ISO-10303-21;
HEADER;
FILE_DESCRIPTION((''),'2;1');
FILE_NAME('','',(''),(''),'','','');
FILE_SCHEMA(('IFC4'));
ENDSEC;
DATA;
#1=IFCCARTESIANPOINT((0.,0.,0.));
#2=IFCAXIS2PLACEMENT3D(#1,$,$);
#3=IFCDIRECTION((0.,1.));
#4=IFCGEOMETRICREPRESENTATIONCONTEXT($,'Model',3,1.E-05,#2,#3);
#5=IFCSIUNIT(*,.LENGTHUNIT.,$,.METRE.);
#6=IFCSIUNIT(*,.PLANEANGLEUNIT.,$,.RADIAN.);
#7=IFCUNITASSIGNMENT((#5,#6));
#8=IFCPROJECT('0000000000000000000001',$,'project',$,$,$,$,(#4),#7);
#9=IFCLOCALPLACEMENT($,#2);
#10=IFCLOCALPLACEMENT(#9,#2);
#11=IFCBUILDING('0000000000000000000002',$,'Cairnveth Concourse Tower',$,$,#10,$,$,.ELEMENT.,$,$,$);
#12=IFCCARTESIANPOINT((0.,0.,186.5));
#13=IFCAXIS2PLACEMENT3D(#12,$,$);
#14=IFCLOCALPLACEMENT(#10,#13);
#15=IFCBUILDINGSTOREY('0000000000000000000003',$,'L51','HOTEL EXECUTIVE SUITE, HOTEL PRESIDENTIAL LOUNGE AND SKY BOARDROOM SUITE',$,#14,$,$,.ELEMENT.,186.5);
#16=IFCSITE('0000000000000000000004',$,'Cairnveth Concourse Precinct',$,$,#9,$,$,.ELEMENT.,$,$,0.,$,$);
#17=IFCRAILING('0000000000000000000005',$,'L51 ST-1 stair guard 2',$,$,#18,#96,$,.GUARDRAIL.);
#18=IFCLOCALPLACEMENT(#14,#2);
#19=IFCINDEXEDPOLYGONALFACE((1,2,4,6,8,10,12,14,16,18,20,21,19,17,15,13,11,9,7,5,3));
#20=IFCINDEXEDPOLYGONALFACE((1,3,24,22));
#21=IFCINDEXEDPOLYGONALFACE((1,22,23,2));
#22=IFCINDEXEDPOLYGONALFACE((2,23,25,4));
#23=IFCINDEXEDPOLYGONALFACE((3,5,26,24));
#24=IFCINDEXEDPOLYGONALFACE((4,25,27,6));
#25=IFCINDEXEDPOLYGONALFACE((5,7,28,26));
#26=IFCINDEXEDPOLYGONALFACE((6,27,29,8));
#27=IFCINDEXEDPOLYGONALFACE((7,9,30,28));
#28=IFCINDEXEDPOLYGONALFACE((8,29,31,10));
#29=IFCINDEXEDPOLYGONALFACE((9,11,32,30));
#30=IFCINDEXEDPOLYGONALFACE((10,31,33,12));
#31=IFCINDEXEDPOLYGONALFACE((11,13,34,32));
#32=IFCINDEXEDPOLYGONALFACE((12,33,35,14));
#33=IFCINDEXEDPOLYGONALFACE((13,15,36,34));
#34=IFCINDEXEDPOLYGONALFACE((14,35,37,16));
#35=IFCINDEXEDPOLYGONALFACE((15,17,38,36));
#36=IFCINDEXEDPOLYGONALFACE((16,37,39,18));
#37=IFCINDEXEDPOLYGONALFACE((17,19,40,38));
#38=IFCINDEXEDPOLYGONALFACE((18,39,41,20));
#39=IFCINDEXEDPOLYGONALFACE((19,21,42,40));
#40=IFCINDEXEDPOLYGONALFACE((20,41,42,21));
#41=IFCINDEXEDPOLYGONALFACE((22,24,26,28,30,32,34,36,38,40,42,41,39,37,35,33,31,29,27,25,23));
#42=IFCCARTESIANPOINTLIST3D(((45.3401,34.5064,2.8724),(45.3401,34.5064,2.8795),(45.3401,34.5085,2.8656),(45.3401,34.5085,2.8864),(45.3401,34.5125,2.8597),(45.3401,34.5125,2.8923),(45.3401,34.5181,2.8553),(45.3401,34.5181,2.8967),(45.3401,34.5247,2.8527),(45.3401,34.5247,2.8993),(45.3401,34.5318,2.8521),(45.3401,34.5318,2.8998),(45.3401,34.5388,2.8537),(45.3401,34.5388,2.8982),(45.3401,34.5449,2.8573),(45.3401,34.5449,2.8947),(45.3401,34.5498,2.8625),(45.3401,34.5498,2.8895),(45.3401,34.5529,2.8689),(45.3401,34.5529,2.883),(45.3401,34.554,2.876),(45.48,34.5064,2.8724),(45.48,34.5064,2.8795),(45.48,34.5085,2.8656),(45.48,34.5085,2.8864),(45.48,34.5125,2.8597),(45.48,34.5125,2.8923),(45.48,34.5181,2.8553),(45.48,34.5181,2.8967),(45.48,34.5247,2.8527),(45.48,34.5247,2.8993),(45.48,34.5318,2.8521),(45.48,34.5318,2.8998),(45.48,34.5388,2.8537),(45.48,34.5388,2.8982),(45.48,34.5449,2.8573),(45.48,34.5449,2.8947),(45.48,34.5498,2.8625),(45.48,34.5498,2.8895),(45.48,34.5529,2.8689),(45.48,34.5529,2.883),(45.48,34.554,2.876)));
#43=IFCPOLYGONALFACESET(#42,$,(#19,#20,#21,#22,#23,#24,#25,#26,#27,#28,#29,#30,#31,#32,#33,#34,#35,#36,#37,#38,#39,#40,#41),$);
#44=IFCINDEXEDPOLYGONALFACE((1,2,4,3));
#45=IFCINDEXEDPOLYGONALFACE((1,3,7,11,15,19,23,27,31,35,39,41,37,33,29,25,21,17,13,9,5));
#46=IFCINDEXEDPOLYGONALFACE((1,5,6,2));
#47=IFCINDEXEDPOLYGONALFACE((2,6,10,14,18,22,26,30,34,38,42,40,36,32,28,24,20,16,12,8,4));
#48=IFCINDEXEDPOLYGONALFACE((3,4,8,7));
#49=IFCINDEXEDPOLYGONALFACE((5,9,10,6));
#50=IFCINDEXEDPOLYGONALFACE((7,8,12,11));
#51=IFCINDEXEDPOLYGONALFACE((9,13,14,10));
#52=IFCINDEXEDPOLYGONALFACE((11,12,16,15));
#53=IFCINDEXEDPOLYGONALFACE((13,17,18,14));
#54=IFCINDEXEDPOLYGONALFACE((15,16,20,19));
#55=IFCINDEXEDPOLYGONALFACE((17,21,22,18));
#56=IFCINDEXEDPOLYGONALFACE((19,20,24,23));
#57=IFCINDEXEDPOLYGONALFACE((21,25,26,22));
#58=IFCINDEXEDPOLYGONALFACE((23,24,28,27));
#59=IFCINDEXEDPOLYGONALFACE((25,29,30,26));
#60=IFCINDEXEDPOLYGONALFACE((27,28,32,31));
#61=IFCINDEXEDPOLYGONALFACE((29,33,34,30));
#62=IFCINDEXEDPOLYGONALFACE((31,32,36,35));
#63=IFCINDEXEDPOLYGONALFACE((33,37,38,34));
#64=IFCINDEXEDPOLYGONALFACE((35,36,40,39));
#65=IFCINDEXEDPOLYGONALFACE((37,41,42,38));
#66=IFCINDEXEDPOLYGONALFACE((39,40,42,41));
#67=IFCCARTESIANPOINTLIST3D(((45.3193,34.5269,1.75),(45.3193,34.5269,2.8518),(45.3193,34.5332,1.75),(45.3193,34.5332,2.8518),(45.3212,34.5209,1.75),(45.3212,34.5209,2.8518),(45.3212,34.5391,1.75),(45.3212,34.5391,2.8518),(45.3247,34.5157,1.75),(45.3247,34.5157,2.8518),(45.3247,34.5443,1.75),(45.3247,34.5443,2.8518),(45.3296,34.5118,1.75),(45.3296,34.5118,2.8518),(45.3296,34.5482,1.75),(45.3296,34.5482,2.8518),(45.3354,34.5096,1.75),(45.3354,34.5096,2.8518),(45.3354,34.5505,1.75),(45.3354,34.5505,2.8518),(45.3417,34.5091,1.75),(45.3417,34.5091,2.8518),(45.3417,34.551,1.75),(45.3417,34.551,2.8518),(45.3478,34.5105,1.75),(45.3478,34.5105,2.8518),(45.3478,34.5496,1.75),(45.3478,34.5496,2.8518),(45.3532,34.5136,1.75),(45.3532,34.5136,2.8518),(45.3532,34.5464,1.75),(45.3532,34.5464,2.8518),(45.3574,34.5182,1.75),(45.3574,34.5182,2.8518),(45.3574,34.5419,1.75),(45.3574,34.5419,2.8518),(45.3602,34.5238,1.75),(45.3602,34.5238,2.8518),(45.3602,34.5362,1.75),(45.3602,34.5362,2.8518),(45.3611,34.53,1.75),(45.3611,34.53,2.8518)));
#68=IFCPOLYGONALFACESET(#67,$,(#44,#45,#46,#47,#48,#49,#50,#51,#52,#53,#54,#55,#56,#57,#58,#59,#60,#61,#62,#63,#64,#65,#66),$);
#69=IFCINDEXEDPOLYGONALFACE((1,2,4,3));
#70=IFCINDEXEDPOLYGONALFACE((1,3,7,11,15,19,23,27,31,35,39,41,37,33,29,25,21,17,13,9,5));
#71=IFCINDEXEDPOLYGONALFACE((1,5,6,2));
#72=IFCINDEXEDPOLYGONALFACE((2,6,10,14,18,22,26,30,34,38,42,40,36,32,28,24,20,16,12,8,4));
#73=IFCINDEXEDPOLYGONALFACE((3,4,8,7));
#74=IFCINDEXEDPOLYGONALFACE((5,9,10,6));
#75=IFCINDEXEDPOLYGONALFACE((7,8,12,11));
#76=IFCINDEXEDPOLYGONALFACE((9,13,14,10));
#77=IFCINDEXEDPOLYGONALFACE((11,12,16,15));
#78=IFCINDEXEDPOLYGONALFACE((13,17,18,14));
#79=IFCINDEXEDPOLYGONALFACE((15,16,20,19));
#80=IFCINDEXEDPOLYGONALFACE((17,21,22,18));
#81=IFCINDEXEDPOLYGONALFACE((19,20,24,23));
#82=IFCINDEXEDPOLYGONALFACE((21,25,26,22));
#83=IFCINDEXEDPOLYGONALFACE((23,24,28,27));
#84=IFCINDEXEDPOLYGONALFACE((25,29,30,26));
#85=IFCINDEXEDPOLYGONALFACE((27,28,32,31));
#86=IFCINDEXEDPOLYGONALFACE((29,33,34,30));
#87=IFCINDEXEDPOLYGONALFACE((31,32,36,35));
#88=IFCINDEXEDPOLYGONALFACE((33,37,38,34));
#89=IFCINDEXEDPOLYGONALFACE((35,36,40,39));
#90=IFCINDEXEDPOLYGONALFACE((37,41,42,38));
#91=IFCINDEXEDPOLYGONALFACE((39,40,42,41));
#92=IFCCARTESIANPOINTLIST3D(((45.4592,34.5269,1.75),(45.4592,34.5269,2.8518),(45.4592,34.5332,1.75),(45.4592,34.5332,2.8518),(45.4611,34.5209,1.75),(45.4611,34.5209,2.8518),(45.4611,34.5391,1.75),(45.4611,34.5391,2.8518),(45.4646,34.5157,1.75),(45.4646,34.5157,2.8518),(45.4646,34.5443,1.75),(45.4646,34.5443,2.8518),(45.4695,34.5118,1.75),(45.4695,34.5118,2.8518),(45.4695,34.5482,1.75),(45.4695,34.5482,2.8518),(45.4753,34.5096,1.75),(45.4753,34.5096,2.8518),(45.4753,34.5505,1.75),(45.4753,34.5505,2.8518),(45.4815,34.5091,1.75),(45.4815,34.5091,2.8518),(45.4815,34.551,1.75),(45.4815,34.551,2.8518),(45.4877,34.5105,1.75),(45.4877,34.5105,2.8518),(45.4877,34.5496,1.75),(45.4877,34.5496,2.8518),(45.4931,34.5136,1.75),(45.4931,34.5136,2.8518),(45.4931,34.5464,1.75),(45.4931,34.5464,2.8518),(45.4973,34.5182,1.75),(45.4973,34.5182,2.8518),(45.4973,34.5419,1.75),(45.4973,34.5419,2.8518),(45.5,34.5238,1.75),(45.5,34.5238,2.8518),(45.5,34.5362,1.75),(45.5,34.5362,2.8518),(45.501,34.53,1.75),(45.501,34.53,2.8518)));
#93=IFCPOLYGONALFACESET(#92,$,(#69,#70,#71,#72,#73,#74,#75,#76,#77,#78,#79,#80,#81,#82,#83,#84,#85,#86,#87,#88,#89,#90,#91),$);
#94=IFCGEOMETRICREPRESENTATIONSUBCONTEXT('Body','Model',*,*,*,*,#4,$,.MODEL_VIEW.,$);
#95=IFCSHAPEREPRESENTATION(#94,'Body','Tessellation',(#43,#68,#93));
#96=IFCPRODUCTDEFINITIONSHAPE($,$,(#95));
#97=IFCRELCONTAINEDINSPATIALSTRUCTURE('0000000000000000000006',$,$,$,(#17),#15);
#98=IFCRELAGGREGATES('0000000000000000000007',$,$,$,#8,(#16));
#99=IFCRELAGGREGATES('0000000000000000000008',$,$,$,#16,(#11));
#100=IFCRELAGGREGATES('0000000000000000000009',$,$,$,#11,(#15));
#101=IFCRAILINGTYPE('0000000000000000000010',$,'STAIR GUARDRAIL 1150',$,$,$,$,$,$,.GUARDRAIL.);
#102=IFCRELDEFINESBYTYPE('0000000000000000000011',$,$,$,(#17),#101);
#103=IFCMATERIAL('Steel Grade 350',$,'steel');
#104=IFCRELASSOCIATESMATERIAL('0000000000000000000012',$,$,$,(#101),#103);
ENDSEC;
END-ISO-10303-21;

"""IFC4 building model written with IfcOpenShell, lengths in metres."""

from ifc_helpers import new_model, si_unit, direction, frame, origin, origin_2d, place, context, subcontext, project, spatial, circle, extrude, material, type_object, element, save


model = new_model("IFC4")

# Units and contexts
model_context = context("Model", 3, precision=1e-05, world=origin(), true_north=direction((0.0, 1.0)))
body_context = subcontext(model_context, "Body", "Model", "MODEL_VIEW")
ifc_project = project(units=[si_unit("LENGTHUNIT", "METRE"), si_unit("PLANEANGLEUNIT", "RADIAN")], contexts=[model_context])

# Site, building, storey
site_placement = place(None, origin())
site = spatial("IfcSite", under=ifc_project, at=site_placement, Name="Cairnveth Concourse Precinct", CompositionType="ELEMENT", RefElevation=0.0)
building_placement = place(site_placement, origin())
building = spatial("IfcBuilding", under=site, at=building_placement, Name="Cairnveth Concourse Tower", CompositionType="ELEMENT")
storey_placement = place(building_placement, frame((0.0, 0.0, 186.5)))
storey = spatial("IfcBuildingStorey", under=building, at=storey_placement, Name="L51", Description="HOTEL EXECUTIVE SUITE, HOTEL PRESIDENTIAL LOUNGE AND SKY BOARDROOM SUITE", CompositionType="ELEMENT", Elevation=186.5)

# Shared definitions
ifc_material_1 = material(Name="Steel Grade 350", Category="steel")

# Railing
railing_type_1 = type_object("IfcRailingType", Name="STAIR GUARDRAIL 1150", PredefinedType="GUARDRAIL", material=ifc_material_1)
railing_1_placement = place(storey_placement, frame((45.3401, 34.53, 1.75)))
element("IfcRailing", 1, at=railing_1_placement, inside=storey, type_object=railing_type_1, Name="L51 ST-1 stair guard 2", PredefinedType="GUARDRAIL", context=body_context, shape_type="SweptSolid", body=[
    extrude(circle(Radius=0.0239, at=origin_2d()), frame((0.0, 0.0, 1.126), z_axis=(1.0, 0.0, 0.0), x_axis=(0.0, 1.0, 0.0)), (0.0, 0.0, 1.0), 0.1399),
    extrude(circle(Radius=0.021, at=origin_2d()), origin(), (0.0, 0.0, 1.0), 1.1018),
    extrude(circle(Radius=0.021, at=origin_2d()), frame((0.1399, 0.0, 0.0)), (0.0, 0.0, 1.0), 1.1018),
])

save(model, "model.ifc")
